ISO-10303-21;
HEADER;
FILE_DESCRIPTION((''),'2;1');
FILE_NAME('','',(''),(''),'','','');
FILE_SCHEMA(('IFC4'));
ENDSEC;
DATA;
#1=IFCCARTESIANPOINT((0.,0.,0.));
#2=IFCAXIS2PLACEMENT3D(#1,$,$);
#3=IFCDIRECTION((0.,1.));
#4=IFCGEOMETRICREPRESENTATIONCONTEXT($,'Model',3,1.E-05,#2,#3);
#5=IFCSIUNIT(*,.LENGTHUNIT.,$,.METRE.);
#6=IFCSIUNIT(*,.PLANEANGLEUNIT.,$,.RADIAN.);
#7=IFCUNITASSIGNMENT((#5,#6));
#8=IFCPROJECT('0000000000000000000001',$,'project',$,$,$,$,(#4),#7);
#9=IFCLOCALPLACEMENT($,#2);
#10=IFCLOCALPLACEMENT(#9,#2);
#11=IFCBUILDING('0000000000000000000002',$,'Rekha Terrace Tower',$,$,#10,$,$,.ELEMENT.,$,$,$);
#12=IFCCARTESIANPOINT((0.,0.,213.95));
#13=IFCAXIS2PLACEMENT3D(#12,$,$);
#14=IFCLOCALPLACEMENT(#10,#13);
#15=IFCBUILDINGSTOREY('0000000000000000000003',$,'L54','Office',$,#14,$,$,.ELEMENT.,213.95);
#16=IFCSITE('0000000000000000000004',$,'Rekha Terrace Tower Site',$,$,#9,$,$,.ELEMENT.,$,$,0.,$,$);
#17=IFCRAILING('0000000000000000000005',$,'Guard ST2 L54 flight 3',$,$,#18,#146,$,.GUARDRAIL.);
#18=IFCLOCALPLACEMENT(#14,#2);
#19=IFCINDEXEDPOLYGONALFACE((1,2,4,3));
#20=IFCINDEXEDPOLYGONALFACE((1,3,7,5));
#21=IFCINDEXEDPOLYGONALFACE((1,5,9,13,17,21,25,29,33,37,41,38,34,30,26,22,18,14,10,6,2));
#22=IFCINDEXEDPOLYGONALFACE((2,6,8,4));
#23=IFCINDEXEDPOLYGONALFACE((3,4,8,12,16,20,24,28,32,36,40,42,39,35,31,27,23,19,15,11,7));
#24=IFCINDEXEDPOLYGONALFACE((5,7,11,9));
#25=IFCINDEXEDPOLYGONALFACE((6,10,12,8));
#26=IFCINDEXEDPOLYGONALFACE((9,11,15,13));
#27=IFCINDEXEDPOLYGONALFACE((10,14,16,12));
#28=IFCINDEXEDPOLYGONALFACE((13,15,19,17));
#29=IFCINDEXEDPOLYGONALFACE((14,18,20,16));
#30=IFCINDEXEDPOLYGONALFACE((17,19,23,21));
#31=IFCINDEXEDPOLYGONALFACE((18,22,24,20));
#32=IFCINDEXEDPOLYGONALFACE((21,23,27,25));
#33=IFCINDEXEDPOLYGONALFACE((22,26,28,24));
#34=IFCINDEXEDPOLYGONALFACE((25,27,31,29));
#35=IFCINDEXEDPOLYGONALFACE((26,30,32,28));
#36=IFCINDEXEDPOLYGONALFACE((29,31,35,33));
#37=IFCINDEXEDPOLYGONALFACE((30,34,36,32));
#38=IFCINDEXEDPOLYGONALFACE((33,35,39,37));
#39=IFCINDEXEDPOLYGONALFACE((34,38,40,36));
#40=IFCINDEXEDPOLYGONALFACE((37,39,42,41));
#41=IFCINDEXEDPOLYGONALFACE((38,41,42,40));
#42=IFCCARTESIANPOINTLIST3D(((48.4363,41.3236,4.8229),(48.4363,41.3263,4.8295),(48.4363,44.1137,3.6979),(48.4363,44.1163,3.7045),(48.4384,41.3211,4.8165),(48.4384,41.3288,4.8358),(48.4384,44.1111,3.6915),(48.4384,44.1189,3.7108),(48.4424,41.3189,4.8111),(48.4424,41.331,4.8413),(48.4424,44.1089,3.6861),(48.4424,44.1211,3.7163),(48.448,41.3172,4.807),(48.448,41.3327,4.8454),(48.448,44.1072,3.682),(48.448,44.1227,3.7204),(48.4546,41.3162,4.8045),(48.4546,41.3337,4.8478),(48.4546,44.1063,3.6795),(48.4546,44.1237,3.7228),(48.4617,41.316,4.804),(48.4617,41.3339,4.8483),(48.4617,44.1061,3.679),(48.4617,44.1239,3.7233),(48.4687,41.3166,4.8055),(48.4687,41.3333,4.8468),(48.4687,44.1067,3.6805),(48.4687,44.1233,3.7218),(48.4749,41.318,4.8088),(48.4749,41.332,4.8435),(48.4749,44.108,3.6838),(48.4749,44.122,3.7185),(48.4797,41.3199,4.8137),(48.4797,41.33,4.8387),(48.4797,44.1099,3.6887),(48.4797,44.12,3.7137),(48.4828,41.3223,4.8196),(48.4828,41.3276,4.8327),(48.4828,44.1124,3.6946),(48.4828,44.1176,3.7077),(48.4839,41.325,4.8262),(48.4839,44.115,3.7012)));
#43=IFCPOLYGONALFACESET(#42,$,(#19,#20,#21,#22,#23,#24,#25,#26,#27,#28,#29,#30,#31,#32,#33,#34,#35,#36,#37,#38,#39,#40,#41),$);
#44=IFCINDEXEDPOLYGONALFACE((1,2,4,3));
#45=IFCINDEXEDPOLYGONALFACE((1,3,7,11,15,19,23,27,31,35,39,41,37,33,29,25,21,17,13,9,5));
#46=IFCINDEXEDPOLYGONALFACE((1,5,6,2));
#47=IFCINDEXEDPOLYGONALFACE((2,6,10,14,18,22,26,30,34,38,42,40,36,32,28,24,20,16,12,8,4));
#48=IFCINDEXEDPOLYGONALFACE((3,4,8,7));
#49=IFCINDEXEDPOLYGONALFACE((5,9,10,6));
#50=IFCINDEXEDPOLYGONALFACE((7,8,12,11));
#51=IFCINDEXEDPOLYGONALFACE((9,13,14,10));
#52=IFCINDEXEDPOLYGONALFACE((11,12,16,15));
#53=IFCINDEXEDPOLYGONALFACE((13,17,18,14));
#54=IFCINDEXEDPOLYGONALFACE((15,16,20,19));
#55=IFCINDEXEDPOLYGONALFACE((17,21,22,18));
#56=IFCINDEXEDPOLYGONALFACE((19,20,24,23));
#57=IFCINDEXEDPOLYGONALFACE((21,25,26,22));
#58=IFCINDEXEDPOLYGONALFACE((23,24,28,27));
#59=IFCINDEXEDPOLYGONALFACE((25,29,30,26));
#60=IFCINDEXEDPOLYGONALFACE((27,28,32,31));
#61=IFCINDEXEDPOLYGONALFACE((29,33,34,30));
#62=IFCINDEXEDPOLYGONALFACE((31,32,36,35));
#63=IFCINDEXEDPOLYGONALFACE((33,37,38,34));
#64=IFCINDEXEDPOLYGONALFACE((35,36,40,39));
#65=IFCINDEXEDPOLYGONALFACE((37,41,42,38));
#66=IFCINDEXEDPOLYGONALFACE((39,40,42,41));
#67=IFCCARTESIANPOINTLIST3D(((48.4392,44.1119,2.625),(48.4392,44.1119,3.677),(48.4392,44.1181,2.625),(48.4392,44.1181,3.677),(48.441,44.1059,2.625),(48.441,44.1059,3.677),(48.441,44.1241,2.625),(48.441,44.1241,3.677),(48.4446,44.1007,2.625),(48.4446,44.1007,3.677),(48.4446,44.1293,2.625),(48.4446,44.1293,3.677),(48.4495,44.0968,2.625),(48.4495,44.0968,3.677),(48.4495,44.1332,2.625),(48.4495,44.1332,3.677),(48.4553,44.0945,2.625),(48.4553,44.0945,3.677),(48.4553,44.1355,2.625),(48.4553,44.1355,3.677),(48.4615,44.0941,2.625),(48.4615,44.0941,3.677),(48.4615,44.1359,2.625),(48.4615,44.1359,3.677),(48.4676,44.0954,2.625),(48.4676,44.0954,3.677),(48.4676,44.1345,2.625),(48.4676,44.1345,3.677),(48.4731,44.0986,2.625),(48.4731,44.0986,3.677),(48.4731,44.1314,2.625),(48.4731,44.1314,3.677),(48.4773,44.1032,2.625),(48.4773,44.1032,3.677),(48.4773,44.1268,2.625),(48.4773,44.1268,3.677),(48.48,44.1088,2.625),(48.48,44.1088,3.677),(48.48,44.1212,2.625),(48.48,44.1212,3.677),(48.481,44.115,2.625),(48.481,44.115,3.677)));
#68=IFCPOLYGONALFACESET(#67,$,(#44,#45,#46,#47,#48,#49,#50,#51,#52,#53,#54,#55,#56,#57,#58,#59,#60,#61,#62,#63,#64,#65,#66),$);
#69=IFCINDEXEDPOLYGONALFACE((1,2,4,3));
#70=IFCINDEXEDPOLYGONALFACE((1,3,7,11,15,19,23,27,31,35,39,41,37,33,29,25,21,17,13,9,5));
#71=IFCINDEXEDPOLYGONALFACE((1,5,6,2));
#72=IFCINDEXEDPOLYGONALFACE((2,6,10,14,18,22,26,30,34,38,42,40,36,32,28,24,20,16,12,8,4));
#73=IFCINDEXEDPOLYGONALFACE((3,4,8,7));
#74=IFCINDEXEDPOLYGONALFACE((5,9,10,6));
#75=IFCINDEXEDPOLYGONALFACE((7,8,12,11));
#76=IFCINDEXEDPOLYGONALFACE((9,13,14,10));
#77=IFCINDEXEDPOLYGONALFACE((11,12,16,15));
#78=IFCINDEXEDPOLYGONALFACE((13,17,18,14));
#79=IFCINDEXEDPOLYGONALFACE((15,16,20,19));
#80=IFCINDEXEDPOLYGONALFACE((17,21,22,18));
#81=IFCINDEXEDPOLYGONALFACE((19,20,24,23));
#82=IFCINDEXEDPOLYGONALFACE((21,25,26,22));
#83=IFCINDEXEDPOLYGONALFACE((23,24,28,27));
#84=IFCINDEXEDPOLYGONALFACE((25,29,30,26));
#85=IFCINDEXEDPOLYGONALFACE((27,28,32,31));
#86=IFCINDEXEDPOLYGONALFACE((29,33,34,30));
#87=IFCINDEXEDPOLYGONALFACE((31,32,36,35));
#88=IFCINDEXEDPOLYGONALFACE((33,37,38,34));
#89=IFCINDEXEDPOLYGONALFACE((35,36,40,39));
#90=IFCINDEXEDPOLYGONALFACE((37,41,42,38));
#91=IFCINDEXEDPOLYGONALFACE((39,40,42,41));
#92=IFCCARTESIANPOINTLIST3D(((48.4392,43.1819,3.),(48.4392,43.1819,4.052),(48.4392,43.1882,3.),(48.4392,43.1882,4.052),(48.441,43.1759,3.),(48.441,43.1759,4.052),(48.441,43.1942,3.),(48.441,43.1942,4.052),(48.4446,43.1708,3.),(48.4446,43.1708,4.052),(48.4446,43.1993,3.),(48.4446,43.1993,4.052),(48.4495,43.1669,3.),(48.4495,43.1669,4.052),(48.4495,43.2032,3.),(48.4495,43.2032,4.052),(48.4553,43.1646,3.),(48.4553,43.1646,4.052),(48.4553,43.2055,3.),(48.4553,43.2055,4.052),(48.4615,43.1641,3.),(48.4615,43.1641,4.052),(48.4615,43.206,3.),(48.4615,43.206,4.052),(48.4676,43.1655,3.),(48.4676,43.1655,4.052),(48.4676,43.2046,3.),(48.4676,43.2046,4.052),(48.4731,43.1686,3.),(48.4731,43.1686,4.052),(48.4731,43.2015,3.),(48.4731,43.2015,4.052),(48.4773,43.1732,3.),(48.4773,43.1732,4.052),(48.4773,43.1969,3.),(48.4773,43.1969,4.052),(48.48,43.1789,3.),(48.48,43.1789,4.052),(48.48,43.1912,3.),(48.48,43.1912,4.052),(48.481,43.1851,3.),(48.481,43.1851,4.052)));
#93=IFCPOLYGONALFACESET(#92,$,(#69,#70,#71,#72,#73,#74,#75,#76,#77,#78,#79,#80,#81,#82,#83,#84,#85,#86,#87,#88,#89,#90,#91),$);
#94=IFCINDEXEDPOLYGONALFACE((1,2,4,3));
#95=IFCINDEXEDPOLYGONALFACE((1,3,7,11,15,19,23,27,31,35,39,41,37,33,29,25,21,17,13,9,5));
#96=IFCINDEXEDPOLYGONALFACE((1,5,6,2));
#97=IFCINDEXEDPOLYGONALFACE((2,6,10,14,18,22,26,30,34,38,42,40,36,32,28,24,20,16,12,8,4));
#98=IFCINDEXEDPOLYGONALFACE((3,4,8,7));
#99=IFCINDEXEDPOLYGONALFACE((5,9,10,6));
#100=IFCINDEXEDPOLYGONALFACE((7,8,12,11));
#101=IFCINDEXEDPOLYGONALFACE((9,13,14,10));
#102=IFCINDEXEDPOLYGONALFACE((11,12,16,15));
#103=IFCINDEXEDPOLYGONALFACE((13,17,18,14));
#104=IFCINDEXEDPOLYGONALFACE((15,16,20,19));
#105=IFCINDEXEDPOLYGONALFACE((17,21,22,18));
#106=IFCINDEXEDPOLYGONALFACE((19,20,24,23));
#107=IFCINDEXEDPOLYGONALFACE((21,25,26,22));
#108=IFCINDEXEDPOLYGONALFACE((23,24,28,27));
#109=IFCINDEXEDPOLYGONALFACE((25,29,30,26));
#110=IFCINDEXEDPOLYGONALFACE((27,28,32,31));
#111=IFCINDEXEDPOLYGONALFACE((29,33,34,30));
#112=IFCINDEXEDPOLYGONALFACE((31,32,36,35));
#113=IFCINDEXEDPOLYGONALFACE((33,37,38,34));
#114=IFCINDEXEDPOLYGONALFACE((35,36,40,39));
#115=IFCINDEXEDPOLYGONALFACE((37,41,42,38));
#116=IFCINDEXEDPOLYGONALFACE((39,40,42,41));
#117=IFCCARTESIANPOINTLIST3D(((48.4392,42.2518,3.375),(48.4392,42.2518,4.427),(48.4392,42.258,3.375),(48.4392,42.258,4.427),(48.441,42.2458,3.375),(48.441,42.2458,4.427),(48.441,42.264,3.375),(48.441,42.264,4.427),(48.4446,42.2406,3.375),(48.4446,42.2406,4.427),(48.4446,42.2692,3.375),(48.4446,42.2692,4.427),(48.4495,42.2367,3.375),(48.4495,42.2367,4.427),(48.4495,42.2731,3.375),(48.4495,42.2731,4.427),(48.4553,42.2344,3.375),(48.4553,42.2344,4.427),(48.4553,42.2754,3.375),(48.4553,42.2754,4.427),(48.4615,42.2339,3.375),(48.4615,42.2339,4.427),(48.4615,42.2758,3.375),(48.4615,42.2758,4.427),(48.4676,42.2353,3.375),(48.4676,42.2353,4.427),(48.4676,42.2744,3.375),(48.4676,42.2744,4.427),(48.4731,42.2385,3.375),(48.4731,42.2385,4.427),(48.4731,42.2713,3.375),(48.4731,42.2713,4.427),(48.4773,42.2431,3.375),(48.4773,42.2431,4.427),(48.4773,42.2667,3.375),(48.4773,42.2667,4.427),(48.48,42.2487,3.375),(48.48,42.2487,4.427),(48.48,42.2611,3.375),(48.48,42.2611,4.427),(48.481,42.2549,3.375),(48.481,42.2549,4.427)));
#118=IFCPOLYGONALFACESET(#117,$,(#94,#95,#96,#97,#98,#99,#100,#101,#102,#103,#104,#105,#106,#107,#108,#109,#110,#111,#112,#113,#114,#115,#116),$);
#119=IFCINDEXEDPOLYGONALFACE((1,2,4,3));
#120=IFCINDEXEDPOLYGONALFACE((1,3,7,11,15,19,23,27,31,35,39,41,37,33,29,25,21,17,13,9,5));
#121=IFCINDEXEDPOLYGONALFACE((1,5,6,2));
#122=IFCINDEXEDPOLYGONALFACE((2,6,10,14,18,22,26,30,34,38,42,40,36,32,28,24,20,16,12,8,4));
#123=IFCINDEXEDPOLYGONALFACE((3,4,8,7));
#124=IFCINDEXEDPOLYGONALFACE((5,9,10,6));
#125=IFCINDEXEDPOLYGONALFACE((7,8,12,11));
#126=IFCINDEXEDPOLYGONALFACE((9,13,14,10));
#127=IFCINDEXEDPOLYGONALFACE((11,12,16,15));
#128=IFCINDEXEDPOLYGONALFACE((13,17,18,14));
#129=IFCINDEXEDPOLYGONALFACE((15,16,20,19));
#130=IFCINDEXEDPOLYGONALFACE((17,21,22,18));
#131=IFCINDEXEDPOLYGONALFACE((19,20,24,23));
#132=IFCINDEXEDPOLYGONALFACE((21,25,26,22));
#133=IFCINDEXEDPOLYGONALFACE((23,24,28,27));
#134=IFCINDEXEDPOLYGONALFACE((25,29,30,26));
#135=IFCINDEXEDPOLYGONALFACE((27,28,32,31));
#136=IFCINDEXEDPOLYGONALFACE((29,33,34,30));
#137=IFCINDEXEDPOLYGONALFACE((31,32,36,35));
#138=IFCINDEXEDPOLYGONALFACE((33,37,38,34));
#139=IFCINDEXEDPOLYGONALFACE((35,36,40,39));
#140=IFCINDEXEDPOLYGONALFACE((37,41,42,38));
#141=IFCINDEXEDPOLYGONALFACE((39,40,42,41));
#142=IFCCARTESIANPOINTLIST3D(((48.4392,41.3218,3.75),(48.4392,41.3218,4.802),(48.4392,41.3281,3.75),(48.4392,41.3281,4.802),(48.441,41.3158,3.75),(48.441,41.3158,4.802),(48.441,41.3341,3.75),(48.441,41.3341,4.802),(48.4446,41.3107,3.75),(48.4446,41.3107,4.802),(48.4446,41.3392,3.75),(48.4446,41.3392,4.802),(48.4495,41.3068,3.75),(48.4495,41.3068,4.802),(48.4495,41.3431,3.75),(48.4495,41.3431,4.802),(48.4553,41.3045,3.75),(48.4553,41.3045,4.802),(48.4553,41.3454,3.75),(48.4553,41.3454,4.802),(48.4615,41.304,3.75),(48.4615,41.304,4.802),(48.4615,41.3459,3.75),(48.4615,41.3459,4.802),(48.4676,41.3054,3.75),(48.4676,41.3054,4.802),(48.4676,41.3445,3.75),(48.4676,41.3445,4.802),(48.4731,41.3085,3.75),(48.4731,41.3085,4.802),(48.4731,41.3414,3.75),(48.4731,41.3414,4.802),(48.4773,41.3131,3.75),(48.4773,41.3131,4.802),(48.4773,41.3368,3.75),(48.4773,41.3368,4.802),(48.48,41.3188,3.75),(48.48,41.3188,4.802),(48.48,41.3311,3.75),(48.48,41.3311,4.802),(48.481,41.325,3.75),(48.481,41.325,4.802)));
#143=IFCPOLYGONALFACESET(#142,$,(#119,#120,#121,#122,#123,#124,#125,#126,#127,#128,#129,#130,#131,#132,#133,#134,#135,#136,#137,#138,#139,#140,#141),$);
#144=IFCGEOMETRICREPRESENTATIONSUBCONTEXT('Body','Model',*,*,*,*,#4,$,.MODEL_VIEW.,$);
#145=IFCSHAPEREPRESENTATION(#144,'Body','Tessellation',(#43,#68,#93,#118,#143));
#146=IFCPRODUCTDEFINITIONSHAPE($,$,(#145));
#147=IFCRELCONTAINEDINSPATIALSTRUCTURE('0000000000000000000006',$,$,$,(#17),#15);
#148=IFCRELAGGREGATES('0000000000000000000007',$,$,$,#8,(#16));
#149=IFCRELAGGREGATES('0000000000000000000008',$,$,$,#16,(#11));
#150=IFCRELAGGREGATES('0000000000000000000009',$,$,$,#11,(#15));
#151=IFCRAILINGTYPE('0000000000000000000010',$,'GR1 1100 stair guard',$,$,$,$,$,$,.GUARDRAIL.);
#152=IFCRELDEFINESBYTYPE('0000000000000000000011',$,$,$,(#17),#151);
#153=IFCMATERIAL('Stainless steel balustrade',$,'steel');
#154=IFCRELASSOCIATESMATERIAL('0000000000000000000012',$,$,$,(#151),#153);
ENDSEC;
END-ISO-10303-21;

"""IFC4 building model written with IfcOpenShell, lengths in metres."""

from ifc_helpers import new_model, si_unit, direction, frame, origin, origin_2d, place, context, subcontext, project, spatial, circle, extrude, material, type_object, element, save


model = new_model("IFC4")

# Units and contexts
model_context = context("Model", 3, precision=1e-05, world=origin(), true_north=direction((0.0, 1.0)))
body_context = subcontext(model_context, "Body", "Model", "MODEL_VIEW")
ifc_project = project(units=[si_unit("LENGTHUNIT", "METRE"), si_unit("PLANEANGLEUNIT", "RADIAN")], contexts=[model_context])

# Site, building, storey
site_placement = place(None, origin())
site = spatial("IfcSite", under=ifc_project, at=site_placement, Name="Rekha Terrace Tower Site", CompositionType="ELEMENT", RefElevation=0.0)
building_placement = place(site_placement, origin())
building = spatial("IfcBuilding", under=site, at=building_placement, Name="Rekha Terrace Tower", CompositionType="ELEMENT")
storey_placement = place(building_placement, frame((0.0, 0.0, 213.95)))
storey = spatial("IfcBuildingStorey", under=building, at=storey_placement, Name="L54", Description="Office", CompositionType="ELEMENT", Elevation=213.95)

# Railing
ifc_material_1 = material(Name="Stainless steel balustrade", Category="steel")
railing_type_1 = type_object("IfcRailingType", Name="GR1 1100 stair guard", PredefinedType="GUARDRAIL", material=ifc_material_1)
railing_1_placement = place(storey_placement, frame((48.46, 44.115, 2.625)))
element("IfcRailing", 1, at=railing_1_placement, inside=storey, type_object=railing_type_1, Name="Guard ST2 L54 flight 3", PredefinedType="GUARDRAIL", context=body_context, shape_type="SweptSolid", body=[
    extrude(circle(Radius=0.0239, at=origin_2d()), frame((0.0, 0.0, 1.0762), z_axis=(0.0, -0.927443, 0.373964), x_axis=(1.0, 0.0, 0.0)), (0.0, 0.0, 1.0), 3.0083),
    extrude(circle(Radius=0.021, at=origin_2d()), origin(), (0.0, 0.0, 1.0), 1.052),
    extrude(circle(Radius=0.021, at=origin_2d()), frame((0.0, -0.9299, 0.375)), (0.0, 0.0, 1.0), 1.052),
    extrude(circle(Radius=0.021, at=origin_2d()), frame((0.0, -1.8601, 0.75)), (0.0, 0.0, 1.0), 1.052),
    extrude(circle(Radius=0.021, at=origin_2d()), frame((0.0, -2.79, 1.125)), (0.0, 0.0, 1.0), 1.052),
])

save(model, "model.ifc")
